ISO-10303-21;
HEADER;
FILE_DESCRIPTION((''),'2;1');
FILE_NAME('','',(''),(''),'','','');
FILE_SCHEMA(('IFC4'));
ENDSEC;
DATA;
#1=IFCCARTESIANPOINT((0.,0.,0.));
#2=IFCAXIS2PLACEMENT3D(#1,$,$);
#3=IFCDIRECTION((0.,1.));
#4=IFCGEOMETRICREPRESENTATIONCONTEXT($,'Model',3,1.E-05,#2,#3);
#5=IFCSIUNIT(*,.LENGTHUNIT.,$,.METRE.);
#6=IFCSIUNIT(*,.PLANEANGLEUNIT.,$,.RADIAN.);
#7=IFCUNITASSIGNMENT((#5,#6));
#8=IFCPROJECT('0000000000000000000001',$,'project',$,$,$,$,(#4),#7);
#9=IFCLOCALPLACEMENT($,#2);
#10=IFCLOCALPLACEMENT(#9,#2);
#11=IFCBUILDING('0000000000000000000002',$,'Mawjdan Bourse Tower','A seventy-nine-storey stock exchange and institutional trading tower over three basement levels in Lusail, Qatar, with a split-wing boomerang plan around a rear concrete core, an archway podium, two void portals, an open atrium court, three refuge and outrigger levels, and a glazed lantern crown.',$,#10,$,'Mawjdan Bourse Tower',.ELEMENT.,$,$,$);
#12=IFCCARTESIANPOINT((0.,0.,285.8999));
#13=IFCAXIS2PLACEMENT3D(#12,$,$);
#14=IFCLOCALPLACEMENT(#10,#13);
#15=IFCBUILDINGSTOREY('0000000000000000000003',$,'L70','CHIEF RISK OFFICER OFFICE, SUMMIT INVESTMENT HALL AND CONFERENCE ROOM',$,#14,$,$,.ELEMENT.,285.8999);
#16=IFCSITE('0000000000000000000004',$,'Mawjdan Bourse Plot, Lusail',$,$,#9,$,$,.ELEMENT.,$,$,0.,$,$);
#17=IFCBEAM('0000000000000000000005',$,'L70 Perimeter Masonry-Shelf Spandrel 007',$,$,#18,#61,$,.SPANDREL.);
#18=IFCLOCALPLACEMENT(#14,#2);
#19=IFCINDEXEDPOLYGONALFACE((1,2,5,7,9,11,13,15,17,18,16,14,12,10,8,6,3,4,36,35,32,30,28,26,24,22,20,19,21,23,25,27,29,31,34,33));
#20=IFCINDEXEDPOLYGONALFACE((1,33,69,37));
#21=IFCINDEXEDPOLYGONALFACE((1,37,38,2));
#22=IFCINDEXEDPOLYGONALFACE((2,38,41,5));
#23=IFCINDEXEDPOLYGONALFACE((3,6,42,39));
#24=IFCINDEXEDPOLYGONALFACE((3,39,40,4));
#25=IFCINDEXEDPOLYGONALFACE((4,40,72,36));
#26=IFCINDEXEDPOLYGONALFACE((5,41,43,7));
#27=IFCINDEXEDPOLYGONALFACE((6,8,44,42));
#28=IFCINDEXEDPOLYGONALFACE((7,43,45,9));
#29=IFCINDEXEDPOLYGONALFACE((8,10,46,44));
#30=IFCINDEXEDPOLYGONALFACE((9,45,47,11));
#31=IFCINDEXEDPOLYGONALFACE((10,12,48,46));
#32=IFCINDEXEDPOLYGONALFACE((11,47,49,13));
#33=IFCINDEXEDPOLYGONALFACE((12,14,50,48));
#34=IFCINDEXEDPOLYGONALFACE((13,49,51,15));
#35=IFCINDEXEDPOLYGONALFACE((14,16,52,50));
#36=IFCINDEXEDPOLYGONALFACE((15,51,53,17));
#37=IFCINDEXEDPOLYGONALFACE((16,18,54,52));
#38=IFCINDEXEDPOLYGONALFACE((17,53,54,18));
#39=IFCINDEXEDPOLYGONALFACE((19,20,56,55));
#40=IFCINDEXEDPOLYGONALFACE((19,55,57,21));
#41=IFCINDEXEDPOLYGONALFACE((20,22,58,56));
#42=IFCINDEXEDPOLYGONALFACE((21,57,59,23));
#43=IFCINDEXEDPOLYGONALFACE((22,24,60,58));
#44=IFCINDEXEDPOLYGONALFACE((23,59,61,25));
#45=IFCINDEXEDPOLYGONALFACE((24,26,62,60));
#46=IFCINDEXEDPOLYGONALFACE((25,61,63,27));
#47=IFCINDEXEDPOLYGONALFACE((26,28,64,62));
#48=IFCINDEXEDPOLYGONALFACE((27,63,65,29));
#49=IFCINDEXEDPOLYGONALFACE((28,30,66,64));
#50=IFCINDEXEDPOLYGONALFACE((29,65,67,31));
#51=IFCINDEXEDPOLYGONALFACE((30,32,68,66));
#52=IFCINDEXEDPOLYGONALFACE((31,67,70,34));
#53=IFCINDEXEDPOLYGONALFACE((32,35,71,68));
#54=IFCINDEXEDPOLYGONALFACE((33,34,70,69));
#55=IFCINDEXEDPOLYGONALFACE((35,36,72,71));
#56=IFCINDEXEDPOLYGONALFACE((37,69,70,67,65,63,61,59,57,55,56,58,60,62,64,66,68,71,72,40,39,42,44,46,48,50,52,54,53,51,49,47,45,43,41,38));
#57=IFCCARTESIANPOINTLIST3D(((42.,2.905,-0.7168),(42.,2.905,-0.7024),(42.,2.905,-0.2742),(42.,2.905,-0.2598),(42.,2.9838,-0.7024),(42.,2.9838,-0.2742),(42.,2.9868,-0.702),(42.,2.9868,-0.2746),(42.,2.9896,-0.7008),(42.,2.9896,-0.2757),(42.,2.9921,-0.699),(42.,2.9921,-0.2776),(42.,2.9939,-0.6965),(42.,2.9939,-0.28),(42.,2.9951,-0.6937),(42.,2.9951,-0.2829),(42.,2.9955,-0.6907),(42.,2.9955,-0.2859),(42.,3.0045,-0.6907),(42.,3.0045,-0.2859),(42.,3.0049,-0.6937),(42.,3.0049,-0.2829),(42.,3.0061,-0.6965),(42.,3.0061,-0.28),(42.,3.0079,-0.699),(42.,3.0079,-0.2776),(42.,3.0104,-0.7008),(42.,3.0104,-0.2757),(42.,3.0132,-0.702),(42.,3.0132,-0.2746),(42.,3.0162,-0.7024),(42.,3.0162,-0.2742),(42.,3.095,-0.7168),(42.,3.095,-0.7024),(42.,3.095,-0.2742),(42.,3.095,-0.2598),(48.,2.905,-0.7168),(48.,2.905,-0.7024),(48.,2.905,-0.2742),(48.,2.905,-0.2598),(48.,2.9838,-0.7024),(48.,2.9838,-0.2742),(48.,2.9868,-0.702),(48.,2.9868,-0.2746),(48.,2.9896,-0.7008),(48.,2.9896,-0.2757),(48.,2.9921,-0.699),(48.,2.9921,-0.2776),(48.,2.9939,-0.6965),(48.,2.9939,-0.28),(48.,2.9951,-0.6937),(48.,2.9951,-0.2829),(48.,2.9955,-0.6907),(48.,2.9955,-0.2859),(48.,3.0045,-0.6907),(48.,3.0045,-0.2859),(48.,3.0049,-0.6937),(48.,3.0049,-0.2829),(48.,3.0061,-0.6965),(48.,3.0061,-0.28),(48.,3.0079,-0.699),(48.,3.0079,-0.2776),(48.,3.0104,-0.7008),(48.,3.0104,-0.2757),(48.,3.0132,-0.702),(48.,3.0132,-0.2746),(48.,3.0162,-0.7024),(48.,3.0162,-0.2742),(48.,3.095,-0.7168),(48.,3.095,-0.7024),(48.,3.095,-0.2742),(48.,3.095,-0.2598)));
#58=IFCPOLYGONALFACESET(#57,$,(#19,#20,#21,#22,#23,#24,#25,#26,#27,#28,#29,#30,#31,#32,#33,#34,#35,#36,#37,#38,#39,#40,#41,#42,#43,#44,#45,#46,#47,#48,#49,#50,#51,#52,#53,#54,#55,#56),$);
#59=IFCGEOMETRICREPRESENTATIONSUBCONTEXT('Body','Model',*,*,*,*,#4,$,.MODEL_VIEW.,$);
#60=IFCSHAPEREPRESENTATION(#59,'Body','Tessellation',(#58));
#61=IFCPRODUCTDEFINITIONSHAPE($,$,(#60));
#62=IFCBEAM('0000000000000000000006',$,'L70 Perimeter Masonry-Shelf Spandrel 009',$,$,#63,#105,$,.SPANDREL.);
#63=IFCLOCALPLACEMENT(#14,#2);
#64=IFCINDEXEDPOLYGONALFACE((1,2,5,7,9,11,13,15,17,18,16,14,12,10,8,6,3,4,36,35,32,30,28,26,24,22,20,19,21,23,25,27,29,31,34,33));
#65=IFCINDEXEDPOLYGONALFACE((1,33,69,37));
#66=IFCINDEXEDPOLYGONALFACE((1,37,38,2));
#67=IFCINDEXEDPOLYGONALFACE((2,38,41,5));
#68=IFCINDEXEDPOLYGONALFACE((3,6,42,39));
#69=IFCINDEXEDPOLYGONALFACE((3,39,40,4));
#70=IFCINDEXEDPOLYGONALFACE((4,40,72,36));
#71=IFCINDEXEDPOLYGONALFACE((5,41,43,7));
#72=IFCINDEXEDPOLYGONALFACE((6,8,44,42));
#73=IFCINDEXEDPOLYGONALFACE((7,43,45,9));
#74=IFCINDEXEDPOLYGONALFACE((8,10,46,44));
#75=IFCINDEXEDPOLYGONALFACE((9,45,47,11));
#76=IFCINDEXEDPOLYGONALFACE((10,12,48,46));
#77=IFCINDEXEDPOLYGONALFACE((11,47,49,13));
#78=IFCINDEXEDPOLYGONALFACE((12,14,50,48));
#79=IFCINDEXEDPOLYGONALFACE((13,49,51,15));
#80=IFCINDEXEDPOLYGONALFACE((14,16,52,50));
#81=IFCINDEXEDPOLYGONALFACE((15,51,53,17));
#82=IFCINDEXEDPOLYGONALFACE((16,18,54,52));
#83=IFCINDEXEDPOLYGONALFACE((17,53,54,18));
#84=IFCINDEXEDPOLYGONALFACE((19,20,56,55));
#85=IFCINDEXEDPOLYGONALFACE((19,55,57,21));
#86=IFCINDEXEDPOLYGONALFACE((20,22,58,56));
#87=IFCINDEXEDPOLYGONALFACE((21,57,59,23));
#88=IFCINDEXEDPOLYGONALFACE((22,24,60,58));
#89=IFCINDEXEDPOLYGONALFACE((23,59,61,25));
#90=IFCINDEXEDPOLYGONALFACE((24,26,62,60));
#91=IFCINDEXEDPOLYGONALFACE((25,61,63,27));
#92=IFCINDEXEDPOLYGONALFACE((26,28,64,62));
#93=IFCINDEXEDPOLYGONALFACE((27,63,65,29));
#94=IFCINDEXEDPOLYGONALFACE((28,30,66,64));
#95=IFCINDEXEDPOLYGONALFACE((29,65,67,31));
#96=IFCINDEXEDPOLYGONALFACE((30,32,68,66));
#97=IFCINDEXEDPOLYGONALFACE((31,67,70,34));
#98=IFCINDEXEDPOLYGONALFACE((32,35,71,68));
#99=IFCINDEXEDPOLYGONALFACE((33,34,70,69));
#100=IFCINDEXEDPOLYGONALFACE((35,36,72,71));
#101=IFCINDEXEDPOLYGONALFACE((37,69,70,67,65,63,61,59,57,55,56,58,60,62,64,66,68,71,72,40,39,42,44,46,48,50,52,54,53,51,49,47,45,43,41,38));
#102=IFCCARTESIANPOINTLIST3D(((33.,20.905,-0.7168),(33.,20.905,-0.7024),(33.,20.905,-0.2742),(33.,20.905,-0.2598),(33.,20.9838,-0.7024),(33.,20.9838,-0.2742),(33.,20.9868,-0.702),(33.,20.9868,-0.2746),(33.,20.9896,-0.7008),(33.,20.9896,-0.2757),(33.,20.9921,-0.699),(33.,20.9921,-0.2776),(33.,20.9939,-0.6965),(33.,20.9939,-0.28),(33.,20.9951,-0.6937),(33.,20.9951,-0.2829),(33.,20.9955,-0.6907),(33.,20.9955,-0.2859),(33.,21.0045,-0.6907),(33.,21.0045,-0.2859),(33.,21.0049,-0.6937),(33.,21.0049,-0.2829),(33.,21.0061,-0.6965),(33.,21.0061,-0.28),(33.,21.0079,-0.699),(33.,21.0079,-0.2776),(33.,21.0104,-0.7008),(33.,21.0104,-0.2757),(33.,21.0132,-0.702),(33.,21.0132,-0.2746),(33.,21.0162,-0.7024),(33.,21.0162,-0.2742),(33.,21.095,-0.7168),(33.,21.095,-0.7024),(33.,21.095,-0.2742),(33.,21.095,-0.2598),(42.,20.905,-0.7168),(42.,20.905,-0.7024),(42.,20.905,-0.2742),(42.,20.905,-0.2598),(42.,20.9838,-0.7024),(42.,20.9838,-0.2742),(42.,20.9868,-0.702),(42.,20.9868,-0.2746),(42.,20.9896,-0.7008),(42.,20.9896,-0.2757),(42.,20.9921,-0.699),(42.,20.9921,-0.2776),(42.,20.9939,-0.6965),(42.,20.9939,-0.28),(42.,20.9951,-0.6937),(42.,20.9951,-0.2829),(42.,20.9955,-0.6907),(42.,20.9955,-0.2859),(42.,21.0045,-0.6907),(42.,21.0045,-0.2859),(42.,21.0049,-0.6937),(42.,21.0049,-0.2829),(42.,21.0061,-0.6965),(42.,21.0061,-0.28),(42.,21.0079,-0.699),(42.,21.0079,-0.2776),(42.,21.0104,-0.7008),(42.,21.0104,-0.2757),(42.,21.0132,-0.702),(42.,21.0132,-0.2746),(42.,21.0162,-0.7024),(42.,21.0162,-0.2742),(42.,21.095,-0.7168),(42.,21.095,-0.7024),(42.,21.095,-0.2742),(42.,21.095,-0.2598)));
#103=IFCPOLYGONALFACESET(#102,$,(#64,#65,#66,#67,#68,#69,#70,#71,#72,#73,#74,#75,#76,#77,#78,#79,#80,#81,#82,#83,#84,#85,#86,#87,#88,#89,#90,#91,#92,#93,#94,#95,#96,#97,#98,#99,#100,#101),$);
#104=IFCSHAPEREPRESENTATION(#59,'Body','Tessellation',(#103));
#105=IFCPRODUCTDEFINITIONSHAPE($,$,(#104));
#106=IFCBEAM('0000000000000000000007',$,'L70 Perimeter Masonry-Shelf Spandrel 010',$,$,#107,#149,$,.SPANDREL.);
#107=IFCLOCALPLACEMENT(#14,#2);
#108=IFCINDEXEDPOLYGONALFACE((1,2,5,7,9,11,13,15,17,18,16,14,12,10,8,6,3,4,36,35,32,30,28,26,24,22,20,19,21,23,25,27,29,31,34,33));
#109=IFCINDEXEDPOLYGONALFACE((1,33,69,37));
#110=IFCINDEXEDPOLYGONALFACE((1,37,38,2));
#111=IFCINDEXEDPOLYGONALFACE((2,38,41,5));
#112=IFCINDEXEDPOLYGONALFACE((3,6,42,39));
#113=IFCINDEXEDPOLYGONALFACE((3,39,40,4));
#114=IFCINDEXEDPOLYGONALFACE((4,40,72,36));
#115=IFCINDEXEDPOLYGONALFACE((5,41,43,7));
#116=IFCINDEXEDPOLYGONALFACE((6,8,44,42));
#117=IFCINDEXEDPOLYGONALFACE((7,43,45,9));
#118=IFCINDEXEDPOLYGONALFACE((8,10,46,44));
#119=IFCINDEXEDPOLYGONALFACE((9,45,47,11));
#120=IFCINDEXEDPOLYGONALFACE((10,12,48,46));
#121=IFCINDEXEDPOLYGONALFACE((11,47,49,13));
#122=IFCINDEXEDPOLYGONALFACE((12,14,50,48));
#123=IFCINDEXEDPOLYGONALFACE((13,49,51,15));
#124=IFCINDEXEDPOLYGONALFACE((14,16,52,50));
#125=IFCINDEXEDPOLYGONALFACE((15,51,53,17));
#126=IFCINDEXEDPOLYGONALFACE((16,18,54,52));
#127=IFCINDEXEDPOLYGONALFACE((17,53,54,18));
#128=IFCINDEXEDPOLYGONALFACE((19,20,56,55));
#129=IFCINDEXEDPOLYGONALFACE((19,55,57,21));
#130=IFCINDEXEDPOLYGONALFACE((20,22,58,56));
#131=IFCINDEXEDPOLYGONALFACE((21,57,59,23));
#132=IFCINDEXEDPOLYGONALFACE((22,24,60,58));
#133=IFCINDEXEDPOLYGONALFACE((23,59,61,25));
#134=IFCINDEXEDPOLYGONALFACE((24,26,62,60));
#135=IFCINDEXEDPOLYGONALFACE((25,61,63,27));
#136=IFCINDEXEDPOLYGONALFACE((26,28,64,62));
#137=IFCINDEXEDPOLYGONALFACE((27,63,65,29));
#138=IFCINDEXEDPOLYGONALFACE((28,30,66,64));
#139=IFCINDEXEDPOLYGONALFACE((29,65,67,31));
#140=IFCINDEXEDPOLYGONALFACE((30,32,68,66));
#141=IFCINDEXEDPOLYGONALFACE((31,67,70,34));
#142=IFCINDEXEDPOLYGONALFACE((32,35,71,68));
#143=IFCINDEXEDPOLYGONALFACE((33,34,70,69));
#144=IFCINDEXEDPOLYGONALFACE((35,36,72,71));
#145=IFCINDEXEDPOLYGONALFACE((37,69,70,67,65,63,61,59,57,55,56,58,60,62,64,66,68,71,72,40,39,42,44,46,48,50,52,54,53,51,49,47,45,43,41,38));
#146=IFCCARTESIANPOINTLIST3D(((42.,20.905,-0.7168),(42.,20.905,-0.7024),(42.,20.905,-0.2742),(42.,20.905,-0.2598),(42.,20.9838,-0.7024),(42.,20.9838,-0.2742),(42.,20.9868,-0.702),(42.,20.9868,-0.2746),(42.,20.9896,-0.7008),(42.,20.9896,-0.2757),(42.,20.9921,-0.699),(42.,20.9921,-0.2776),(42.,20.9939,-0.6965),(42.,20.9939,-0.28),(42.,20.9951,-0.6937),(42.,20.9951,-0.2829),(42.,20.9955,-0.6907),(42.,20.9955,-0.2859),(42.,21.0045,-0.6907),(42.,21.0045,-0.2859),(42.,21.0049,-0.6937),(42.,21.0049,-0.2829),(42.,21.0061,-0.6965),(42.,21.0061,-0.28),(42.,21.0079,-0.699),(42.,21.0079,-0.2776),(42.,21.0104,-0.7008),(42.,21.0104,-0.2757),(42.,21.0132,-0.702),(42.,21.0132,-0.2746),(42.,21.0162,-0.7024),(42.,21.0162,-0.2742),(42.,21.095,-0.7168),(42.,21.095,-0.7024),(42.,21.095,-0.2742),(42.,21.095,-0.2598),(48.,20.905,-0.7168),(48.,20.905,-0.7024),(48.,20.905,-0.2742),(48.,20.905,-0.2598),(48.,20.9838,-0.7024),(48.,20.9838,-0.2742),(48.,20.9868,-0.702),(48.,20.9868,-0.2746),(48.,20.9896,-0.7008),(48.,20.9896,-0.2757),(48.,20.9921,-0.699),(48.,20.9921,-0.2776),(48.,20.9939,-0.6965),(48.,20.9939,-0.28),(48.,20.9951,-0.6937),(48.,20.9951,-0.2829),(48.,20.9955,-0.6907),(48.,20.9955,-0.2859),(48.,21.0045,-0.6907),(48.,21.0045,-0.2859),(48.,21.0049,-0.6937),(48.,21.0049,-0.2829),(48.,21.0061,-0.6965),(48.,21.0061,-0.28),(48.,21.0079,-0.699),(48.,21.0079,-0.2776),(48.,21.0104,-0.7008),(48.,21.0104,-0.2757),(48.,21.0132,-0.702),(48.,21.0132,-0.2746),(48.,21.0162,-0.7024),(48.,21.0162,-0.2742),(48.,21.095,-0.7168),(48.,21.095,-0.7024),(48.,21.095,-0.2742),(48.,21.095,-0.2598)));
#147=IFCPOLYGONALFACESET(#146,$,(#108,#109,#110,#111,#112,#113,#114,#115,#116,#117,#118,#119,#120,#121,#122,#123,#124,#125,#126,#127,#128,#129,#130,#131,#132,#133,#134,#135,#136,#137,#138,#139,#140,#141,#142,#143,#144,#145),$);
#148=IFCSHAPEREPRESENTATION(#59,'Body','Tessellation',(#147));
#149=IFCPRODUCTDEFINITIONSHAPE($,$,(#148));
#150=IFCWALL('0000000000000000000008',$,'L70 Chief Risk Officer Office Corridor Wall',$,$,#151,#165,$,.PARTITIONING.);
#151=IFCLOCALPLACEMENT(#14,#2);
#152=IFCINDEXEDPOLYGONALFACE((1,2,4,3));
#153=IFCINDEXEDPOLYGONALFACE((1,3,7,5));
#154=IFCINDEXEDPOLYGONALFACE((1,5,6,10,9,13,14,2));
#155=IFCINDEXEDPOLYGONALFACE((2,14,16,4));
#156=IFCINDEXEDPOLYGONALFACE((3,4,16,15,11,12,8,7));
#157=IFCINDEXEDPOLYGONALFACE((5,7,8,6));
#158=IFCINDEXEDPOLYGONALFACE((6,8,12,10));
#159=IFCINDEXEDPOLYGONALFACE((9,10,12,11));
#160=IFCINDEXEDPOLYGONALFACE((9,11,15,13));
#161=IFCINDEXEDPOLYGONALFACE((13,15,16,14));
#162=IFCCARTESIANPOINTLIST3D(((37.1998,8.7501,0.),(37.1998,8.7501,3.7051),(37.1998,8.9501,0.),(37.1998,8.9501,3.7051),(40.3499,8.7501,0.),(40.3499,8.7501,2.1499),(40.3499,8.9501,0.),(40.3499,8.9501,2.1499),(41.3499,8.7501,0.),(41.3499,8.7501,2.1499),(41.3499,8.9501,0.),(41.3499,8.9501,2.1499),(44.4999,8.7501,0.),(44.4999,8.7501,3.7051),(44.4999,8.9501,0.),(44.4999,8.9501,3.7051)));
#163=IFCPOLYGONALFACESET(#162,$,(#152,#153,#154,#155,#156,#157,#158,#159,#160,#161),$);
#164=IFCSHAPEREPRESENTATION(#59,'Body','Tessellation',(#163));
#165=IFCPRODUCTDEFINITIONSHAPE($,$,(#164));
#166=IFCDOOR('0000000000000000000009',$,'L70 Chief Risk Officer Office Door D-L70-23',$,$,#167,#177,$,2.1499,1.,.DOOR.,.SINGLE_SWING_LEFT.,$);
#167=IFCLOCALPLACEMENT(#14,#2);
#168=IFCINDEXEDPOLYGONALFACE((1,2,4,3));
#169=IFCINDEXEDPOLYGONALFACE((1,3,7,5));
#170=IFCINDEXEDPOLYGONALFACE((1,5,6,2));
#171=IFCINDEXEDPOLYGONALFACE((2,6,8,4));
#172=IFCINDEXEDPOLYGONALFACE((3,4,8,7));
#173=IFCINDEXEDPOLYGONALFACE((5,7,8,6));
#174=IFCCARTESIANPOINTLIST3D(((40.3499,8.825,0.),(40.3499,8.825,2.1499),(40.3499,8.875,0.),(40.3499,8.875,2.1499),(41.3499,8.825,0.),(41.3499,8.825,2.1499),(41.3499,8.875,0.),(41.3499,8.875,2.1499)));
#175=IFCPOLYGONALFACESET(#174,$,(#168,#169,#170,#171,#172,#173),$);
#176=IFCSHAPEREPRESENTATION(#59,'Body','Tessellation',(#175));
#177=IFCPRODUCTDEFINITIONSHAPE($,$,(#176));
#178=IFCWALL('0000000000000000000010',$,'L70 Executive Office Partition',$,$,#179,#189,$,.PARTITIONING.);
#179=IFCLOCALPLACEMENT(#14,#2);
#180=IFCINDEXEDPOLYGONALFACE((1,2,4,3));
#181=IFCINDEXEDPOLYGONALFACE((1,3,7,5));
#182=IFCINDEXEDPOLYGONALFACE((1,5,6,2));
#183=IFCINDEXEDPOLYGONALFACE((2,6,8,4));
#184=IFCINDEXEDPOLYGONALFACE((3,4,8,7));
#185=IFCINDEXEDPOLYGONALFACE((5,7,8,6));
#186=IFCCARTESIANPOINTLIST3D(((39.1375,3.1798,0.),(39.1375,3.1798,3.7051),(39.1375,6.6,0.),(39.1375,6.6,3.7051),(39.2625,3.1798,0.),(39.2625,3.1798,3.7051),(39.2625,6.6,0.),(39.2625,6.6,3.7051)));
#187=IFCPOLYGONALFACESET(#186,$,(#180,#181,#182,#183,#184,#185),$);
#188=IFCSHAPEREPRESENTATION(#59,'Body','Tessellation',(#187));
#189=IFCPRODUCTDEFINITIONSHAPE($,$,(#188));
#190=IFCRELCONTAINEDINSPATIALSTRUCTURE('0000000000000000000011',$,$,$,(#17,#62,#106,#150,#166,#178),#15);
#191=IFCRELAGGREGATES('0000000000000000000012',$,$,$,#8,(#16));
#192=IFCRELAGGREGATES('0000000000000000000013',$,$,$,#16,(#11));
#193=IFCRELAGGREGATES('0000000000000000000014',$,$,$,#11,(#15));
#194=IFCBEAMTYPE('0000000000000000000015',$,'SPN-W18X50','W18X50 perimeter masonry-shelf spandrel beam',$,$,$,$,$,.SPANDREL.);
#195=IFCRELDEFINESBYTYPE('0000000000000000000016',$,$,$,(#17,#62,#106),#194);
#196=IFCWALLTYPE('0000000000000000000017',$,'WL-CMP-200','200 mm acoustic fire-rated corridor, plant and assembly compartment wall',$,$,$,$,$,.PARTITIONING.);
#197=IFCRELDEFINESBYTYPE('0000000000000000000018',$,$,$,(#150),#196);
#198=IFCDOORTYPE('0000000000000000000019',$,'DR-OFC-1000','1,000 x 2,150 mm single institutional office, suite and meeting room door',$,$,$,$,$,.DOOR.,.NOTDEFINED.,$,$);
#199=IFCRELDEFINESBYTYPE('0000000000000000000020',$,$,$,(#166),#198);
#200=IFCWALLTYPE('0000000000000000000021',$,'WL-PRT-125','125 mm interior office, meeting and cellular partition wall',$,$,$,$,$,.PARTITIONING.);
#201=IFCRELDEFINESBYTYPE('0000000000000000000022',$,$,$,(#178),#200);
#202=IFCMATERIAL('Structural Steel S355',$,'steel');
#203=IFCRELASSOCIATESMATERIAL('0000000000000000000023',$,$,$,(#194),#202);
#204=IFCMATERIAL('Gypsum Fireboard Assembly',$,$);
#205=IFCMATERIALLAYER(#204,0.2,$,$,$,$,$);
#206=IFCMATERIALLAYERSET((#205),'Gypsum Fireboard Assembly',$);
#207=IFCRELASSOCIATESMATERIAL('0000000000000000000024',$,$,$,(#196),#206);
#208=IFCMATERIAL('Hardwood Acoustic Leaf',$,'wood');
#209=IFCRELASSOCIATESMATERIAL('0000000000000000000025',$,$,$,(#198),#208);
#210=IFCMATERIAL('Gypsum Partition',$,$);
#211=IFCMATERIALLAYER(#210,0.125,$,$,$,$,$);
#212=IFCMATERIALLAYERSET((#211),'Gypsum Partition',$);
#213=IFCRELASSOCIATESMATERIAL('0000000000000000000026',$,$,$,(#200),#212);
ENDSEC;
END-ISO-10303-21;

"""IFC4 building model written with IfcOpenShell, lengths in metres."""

from ifc_helpers import new_model, si_unit, direction, frame, frame_2d, origin, origin_2d, place, context, subcontext, project, spatial, rectangle, i_section, extrude, material, layer, layer_set, material_profile, profile_set, type_object, element, fill, save


model = new_model("IFC4")

# Units and contexts
model_context = context("Model", 3, precision=1e-05, world=origin(), true_north=direction((0.0, 1.0)))
body_context = subcontext(model_context, "Body", "Model", "MODEL_VIEW")
ifc_project = project(units=[si_unit("LENGTHUNIT", "METRE"), si_unit("PLANEANGLEUNIT", "RADIAN")], contexts=[model_context])

# Site, building, storey
site_placement = place(None, origin())
site = spatial("IfcSite", under=ifc_project, at=site_placement, Name="Mawjdan Bourse Plot, Lusail", CompositionType="ELEMENT", RefElevation=0.0)
building_placement = place(site_placement, origin())
building = spatial("IfcBuilding", under=site, at=building_placement, Name="Mawjdan Bourse Tower", Description="A seventy-nine-storey stock exchange and institutional trading tower over three basement levels in Lusail, Qatar, with a split-wing boomerang plan around a rear concrete core, an archway podium, two void portals, an open atrium court, three refuge and outrigger levels, and a glazed lantern crown.", LongName="Mawjdan Bourse Tower", CompositionType="ELEMENT")
storey_placement = place(building_placement, frame((0.0, 0.0, 285.8999)))
storey = spatial("IfcBuildingStorey", under=building, at=storey_placement, Name="L70", Description="CHIEF RISK OFFICER OFFICE, SUMMIT INVESTMENT HALL AND CONFERENCE ROOM", CompositionType="ELEMENT", Elevation=285.8999)

# Beams
ifc_material_1 = material(Name="Structural Steel S355", Category="steel")
ifc_material_profile_1 = material_profile(ifc_material_1, i_section(OverallWidth=0.1899, OverallDepth=0.457, WebThickness=0.009, FlangeThickness=0.0144, FilletRadius=0.0117, at=origin_2d()), Name="W18X50")
ifc_profile_set_1 = profile_set([ifc_material_profile_1], Name="Structural Steel S355")
beam_type_1 = type_object("IfcBeamType", Name="SPN-W18X50", Description="W18X50 perimeter masonry-shelf spandrel beam", PredefinedType="SPANDREL", material=ifc_profile_set_1)
beam_1_placement = place(storey_placement, frame((42.0, 3.0, -0.4883), z_axis=(1.0, 0.0, 0.0), x_axis=(0.0, 1.0, 0.0)))
element("IfcBeam", 1, at=beam_1_placement, inside=storey, type_object=beam_type_1, Name="L70 Perimeter Masonry-Shelf Spandrel 007", PredefinedType="SPANDREL", context=body_context, shape_type="SweptSolid", body=[
    extrude(i_section(OverallWidth=0.1899, OverallDepth=0.457, WebThickness=0.009, FlangeThickness=0.0144, FilletRadius=0.0117, at=origin_2d()), origin(), (0.0, 0.0, 1.0), 6.0),
])
beam_2_placement = place(storey_placement, frame((33.0, 21.0, -0.4883), z_axis=(1.0, 0.0, 0.0), x_axis=(0.0, 1.0, 0.0)))
element("IfcBeam", 2, at=beam_2_placement, inside=storey, type_object=beam_type_1, Name="L70 Perimeter Masonry-Shelf Spandrel 009", PredefinedType="SPANDREL", context=body_context, shape_type="SweptSolid", body=[
    extrude(i_section(OverallWidth=0.1899, OverallDepth=0.457, WebThickness=0.009, FlangeThickness=0.0144, FilletRadius=0.0117, at=origin_2d()), origin(), (0.0, 0.0, 1.0), 9.0),
])
beam_3_placement = place(storey_placement, frame((42.0, 21.0, -0.4883), z_axis=(1.0, 0.0, 0.0), x_axis=(0.0, 1.0, 0.0)))
element("IfcBeam", 3, at=beam_3_placement, inside=storey, type_object=beam_type_1, Name="L70 Perimeter Masonry-Shelf Spandrel 010", PredefinedType="SPANDREL", context=body_context, shape_type="SweptSolid", body=[
    extrude(i_section(OverallWidth=0.1899, OverallDepth=0.457, WebThickness=0.009, FlangeThickness=0.0144, FilletRadius=0.0117, at=origin_2d()), origin(), (0.0, 0.0, 1.0), 6.0),
])

# Wall, opening, door
ifc_material_2 = material(Name="Gypsum Fireboard Assembly")
ifc_layer_1 = layer(ifc_material_2, 0.2)
ifc_layer_set_1 = layer_set([ifc_layer_1], Name="Gypsum Fireboard Assembly")
wall_type_1 = type_object("IfcWallType", Name="WL-CMP-200", Description="200 mm acoustic fire-rated corridor, plant and assembly compartment wall", PredefinedType="PARTITIONING", material=ifc_layer_set_1)
ifc_material_3 = material(Name="Hardwood Acoustic Leaf", Category="wood")
door_type = type_object("IfcDoorType", Name="DR-OFC-1000", Description="1,000 x 2,150 mm single institutional office, suite and meeting room door", OperationType="NOTDEFINED", PredefinedType="DOOR", material=ifc_material_3)
wall_1_placement = place(storey_placement, frame((37.2, 8.8501, 0.0), z_axis=(0.0, 0.0, 1.0), x_axis=(1.0, 0.0, 0.0)))
wall_1 = element("IfcWall", 4, at=wall_1_placement, inside=storey, type_object=wall_type_1, Name="L70 Chief Risk Officer Office Corridor Wall", PredefinedType="PARTITIONING", context=body_context, shape_type="SweptSolid", body=[
    extrude(rectangle(XDim=7.3, YDim=0.2, at=frame_2d((3.6499, 0.0))), origin(), (0.0, 0.0, 1.0), 3.7051),
])
opening_1_placement = place(wall_1_placement, frame((3.1499, 0.0, 0.0)))
opening_1 = element("IfcOpeningElement", 5, at=opening_1_placement, cuts=wall_1, PredefinedType="OPENING", context=body_context, shape_type="SweptSolid", body=[
    extrude(rectangle(XDim=1.0, YDim=2.1499, at=frame_2d((0.5, 1.075))), frame((0.0, 0.1099, 0.0), z_axis=(0.0, -1.0, 0.0), x_axis=(1.0, 0.0, 0.0)), (0.0, 0.0, 1.0), 0.22),
])
door_1_placement = place(opening_1_placement, origin())
door_1 = element("IfcDoor", 6, at=door_1_placement, inside=storey, type_object=door_type, Name="L70 Chief Risk Officer Office Door D-L70-23", OperationType="SINGLE_SWING_LEFT", OverallHeight=2.1499, OverallWidth=1.0, PredefinedType="DOOR", context=body_context, shape_type="SweptSolid", body=[
    extrude(rectangle(XDim=1.0, YDim=2.1499, at=frame_2d((0.5, 1.075))), frame((0.0, 0.0249, 0.0), z_axis=(0.0, -1.0, 0.0), x_axis=(1.0, 0.0, 0.0)), (0.0, 0.0, 1.0), 0.05),
])
fill(opening_1, door_1)

# Wall
ifc_material_4 = material(Name="Gypsum Partition")
ifc_layer_2 = layer(ifc_material_4, 0.125)
ifc_layer_set_2 = layer_set([ifc_layer_2], Name="Gypsum Partition")
wall_type_2 = type_object("IfcWallType", Name="WL-PRT-125", Description="125 mm interior office, meeting and cellular partition wall", PredefinedType="PARTITIONING", material=ifc_layer_set_2)
wall_2_placement = place(storey_placement, frame((39.2, 3.1799, 0.0), z_axis=(0.0, 0.0, 1.0), x_axis=(0.0, 1.0, 0.0)))
element("IfcWall", 7, at=wall_2_placement, inside=storey, type_object=wall_type_2, Name="L70 Executive Office Partition", PredefinedType="PARTITIONING", context=body_context, shape_type="SweptSolid", body=[
    extrude(rectangle(XDim=3.4202, YDim=0.125, at=frame_2d((1.71, 0.0))), origin(), (0.0, 0.0, 1.0), 3.7051),
])

save(model, "model.ifc")
